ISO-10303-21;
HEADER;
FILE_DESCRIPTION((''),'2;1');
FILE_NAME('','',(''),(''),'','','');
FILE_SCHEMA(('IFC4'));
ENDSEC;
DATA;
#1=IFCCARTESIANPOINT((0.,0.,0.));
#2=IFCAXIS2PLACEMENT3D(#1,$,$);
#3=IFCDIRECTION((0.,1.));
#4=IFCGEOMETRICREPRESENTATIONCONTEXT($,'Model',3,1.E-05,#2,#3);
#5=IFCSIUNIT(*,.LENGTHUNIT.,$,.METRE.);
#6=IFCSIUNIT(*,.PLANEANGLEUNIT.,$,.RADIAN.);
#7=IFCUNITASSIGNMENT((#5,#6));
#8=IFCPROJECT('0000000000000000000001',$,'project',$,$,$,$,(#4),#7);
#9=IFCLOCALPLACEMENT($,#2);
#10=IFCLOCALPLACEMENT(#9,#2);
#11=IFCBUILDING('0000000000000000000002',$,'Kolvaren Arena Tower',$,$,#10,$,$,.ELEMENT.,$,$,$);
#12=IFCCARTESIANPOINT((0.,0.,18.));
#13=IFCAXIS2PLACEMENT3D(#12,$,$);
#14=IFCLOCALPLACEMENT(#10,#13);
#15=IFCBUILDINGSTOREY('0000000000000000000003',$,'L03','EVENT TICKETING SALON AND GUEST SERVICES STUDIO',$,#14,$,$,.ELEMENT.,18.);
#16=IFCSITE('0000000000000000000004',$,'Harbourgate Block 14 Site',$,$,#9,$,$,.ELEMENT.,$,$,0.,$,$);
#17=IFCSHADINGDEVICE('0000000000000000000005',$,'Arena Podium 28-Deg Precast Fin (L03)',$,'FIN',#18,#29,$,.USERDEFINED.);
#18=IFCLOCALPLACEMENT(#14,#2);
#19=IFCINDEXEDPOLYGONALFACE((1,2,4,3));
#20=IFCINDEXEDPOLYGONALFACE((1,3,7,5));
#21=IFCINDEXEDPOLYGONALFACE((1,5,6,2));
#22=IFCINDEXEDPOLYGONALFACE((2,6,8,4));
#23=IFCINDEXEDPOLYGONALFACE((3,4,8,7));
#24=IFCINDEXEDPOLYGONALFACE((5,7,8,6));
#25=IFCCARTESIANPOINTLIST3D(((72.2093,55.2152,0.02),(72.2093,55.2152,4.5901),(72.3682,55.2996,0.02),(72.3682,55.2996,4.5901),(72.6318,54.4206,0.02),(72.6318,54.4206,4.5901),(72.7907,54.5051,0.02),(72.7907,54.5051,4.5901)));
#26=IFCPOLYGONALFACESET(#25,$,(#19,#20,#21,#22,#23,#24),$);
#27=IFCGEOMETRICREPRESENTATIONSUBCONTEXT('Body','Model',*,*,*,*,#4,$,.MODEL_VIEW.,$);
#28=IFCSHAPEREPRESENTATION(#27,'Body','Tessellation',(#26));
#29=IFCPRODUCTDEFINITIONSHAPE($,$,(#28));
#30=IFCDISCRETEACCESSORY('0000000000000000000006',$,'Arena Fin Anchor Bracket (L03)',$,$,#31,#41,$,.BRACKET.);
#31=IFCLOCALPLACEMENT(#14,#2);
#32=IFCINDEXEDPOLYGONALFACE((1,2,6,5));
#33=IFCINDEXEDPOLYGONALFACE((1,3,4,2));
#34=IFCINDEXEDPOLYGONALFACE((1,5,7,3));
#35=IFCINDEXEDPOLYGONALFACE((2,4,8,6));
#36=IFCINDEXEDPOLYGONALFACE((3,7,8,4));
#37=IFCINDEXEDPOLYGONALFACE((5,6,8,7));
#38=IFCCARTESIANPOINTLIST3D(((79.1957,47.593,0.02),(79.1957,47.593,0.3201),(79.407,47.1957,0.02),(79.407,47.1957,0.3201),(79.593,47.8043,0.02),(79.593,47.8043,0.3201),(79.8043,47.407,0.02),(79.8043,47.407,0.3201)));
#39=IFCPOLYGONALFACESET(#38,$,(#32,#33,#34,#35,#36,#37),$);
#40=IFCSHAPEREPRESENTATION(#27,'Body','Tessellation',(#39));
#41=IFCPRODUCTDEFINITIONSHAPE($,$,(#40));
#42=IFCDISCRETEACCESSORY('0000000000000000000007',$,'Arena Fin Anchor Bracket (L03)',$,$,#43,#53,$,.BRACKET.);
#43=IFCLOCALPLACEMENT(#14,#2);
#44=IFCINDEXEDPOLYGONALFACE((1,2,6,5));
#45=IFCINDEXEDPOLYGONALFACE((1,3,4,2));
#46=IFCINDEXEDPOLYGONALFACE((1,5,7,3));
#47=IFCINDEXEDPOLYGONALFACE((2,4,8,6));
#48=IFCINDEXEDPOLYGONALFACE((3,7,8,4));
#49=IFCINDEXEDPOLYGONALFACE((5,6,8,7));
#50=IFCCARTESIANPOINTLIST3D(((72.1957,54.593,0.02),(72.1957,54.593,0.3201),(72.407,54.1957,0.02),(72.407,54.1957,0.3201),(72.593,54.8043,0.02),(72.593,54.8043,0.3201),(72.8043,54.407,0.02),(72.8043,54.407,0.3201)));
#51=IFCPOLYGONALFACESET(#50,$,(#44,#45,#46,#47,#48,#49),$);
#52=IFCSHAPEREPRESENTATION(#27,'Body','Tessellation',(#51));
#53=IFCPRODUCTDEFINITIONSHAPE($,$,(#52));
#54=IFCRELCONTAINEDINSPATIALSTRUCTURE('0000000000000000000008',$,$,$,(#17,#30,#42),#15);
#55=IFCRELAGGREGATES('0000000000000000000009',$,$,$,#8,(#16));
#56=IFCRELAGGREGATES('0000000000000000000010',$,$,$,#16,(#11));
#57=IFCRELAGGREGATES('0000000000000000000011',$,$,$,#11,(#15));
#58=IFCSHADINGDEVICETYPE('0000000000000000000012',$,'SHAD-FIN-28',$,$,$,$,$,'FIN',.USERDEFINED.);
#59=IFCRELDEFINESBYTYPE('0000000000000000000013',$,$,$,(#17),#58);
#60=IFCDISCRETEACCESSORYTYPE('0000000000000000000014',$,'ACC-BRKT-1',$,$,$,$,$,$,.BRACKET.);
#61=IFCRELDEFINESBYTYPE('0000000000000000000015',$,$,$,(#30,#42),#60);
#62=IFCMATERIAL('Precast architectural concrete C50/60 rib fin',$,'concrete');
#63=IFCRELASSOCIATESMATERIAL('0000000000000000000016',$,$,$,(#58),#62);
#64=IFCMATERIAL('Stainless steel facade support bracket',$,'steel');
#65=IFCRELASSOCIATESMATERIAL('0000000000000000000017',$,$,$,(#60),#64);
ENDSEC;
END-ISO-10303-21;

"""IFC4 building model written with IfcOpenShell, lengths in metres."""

from ifc_helpers import new_model, si_unit, direction, frame, origin, origin_2d, place, context, subcontext, project, spatial, rectangle, extrude, material, type_object, element, save


model = new_model("IFC4")

# Units and contexts
model_context = context("Model", 3, precision=1e-05, world=origin(), true_north=direction((0.0, 1.0)))
body_context = subcontext(model_context, "Body", "Model", "MODEL_VIEW")
ifc_project = project(units=[si_unit("LENGTHUNIT", "METRE"), si_unit("PLANEANGLEUNIT", "RADIAN")], contexts=[model_context])

# Site, building, storey
site_placement = place(None, origin())
site = spatial("IfcSite", under=ifc_project, at=site_placement, Name="Harbourgate Block 14 Site", CompositionType="ELEMENT", RefElevation=0.0)
building_placement = place(site_placement, origin())
building = spatial("IfcBuilding", under=site, at=building_placement, Name="Kolvaren Arena Tower", CompositionType="ELEMENT")
storey_placement = place(building_placement, frame((0.0, 0.0, 18.0)))
storey = spatial("IfcBuildingStorey", under=building, at=storey_placement, Name="L03", Description="EVENT TICKETING SALON AND GUEST SERVICES STUDIO", CompositionType="ELEMENT", Elevation=18.0)

# Shading device
ifc_material_1 = material(Name="Precast architectural concrete C50/60 rib fin", Category="concrete")
shading_device_type = type_object("IfcShadingDeviceType", Name="SHAD-FIN-28", ElementType="FIN", PredefinedType="USERDEFINED", material=ifc_material_1)
for number, where, z_axis, x_axis, name in (
    (1, (72.5, 54.8601, 0.02), (0.0, 0.0, 1.0), (-0.469472, 0.882948, 0.0), "Arena Podium 28-Deg Precast Fin (L03)"),
):
    element("IfcShadingDevice", number, at=place(storey_placement, frame(where, z_axis=z_axis, x_axis=x_axis)), inside=storey, type_object=shading_device_type, Name=name, ObjectType="FIN", PredefinedType="USERDEFINED", context=body_context, shape_type="SweptSolid", body=[
        extrude(rectangle(XDim=0.8999, YDim=0.1799, at=origin_2d()), origin(), (0.0, 0.0, 1.0), 4.5701),
    ])

# Discrete accessories
ifc_material_2 = material(Name="Stainless steel facade support bracket", Category="steel")
discrete_accessory_type = type_object("IfcDiscreteAccessoryType", Name="ACC-BRKT-1", PredefinedType="BRACKET", material=ifc_material_2)
for number, where, z_axis, x_axis, name in (
    (2, (79.5, 47.5, 0.02), (0.0, 0.0, 1.0), (0.882948, 0.469472, 0.0), "Arena Fin Anchor Bracket (L03)"),
    (3, (72.5, 54.5, 0.02), (0.0, 0.0, 1.0), (-0.469472, 0.882948, 0.0), "Arena Fin Anchor Bracket (L03)"),
):
    element("IfcDiscreteAccessory", number, at=place(storey_placement, frame(where, z_axis=z_axis, x_axis=x_axis)), inside=storey, type_object=discrete_accessory_type, Name=name, PredefinedType="BRACKET", context=body_context, shape_type="SweptSolid", body=[
        extrude(rectangle(XDim=0.45, YDim=0.45, at=origin_2d()), origin(), (0.0, 0.0, 1.0), 0.3),
    ])

save(model, "model.ifc")
